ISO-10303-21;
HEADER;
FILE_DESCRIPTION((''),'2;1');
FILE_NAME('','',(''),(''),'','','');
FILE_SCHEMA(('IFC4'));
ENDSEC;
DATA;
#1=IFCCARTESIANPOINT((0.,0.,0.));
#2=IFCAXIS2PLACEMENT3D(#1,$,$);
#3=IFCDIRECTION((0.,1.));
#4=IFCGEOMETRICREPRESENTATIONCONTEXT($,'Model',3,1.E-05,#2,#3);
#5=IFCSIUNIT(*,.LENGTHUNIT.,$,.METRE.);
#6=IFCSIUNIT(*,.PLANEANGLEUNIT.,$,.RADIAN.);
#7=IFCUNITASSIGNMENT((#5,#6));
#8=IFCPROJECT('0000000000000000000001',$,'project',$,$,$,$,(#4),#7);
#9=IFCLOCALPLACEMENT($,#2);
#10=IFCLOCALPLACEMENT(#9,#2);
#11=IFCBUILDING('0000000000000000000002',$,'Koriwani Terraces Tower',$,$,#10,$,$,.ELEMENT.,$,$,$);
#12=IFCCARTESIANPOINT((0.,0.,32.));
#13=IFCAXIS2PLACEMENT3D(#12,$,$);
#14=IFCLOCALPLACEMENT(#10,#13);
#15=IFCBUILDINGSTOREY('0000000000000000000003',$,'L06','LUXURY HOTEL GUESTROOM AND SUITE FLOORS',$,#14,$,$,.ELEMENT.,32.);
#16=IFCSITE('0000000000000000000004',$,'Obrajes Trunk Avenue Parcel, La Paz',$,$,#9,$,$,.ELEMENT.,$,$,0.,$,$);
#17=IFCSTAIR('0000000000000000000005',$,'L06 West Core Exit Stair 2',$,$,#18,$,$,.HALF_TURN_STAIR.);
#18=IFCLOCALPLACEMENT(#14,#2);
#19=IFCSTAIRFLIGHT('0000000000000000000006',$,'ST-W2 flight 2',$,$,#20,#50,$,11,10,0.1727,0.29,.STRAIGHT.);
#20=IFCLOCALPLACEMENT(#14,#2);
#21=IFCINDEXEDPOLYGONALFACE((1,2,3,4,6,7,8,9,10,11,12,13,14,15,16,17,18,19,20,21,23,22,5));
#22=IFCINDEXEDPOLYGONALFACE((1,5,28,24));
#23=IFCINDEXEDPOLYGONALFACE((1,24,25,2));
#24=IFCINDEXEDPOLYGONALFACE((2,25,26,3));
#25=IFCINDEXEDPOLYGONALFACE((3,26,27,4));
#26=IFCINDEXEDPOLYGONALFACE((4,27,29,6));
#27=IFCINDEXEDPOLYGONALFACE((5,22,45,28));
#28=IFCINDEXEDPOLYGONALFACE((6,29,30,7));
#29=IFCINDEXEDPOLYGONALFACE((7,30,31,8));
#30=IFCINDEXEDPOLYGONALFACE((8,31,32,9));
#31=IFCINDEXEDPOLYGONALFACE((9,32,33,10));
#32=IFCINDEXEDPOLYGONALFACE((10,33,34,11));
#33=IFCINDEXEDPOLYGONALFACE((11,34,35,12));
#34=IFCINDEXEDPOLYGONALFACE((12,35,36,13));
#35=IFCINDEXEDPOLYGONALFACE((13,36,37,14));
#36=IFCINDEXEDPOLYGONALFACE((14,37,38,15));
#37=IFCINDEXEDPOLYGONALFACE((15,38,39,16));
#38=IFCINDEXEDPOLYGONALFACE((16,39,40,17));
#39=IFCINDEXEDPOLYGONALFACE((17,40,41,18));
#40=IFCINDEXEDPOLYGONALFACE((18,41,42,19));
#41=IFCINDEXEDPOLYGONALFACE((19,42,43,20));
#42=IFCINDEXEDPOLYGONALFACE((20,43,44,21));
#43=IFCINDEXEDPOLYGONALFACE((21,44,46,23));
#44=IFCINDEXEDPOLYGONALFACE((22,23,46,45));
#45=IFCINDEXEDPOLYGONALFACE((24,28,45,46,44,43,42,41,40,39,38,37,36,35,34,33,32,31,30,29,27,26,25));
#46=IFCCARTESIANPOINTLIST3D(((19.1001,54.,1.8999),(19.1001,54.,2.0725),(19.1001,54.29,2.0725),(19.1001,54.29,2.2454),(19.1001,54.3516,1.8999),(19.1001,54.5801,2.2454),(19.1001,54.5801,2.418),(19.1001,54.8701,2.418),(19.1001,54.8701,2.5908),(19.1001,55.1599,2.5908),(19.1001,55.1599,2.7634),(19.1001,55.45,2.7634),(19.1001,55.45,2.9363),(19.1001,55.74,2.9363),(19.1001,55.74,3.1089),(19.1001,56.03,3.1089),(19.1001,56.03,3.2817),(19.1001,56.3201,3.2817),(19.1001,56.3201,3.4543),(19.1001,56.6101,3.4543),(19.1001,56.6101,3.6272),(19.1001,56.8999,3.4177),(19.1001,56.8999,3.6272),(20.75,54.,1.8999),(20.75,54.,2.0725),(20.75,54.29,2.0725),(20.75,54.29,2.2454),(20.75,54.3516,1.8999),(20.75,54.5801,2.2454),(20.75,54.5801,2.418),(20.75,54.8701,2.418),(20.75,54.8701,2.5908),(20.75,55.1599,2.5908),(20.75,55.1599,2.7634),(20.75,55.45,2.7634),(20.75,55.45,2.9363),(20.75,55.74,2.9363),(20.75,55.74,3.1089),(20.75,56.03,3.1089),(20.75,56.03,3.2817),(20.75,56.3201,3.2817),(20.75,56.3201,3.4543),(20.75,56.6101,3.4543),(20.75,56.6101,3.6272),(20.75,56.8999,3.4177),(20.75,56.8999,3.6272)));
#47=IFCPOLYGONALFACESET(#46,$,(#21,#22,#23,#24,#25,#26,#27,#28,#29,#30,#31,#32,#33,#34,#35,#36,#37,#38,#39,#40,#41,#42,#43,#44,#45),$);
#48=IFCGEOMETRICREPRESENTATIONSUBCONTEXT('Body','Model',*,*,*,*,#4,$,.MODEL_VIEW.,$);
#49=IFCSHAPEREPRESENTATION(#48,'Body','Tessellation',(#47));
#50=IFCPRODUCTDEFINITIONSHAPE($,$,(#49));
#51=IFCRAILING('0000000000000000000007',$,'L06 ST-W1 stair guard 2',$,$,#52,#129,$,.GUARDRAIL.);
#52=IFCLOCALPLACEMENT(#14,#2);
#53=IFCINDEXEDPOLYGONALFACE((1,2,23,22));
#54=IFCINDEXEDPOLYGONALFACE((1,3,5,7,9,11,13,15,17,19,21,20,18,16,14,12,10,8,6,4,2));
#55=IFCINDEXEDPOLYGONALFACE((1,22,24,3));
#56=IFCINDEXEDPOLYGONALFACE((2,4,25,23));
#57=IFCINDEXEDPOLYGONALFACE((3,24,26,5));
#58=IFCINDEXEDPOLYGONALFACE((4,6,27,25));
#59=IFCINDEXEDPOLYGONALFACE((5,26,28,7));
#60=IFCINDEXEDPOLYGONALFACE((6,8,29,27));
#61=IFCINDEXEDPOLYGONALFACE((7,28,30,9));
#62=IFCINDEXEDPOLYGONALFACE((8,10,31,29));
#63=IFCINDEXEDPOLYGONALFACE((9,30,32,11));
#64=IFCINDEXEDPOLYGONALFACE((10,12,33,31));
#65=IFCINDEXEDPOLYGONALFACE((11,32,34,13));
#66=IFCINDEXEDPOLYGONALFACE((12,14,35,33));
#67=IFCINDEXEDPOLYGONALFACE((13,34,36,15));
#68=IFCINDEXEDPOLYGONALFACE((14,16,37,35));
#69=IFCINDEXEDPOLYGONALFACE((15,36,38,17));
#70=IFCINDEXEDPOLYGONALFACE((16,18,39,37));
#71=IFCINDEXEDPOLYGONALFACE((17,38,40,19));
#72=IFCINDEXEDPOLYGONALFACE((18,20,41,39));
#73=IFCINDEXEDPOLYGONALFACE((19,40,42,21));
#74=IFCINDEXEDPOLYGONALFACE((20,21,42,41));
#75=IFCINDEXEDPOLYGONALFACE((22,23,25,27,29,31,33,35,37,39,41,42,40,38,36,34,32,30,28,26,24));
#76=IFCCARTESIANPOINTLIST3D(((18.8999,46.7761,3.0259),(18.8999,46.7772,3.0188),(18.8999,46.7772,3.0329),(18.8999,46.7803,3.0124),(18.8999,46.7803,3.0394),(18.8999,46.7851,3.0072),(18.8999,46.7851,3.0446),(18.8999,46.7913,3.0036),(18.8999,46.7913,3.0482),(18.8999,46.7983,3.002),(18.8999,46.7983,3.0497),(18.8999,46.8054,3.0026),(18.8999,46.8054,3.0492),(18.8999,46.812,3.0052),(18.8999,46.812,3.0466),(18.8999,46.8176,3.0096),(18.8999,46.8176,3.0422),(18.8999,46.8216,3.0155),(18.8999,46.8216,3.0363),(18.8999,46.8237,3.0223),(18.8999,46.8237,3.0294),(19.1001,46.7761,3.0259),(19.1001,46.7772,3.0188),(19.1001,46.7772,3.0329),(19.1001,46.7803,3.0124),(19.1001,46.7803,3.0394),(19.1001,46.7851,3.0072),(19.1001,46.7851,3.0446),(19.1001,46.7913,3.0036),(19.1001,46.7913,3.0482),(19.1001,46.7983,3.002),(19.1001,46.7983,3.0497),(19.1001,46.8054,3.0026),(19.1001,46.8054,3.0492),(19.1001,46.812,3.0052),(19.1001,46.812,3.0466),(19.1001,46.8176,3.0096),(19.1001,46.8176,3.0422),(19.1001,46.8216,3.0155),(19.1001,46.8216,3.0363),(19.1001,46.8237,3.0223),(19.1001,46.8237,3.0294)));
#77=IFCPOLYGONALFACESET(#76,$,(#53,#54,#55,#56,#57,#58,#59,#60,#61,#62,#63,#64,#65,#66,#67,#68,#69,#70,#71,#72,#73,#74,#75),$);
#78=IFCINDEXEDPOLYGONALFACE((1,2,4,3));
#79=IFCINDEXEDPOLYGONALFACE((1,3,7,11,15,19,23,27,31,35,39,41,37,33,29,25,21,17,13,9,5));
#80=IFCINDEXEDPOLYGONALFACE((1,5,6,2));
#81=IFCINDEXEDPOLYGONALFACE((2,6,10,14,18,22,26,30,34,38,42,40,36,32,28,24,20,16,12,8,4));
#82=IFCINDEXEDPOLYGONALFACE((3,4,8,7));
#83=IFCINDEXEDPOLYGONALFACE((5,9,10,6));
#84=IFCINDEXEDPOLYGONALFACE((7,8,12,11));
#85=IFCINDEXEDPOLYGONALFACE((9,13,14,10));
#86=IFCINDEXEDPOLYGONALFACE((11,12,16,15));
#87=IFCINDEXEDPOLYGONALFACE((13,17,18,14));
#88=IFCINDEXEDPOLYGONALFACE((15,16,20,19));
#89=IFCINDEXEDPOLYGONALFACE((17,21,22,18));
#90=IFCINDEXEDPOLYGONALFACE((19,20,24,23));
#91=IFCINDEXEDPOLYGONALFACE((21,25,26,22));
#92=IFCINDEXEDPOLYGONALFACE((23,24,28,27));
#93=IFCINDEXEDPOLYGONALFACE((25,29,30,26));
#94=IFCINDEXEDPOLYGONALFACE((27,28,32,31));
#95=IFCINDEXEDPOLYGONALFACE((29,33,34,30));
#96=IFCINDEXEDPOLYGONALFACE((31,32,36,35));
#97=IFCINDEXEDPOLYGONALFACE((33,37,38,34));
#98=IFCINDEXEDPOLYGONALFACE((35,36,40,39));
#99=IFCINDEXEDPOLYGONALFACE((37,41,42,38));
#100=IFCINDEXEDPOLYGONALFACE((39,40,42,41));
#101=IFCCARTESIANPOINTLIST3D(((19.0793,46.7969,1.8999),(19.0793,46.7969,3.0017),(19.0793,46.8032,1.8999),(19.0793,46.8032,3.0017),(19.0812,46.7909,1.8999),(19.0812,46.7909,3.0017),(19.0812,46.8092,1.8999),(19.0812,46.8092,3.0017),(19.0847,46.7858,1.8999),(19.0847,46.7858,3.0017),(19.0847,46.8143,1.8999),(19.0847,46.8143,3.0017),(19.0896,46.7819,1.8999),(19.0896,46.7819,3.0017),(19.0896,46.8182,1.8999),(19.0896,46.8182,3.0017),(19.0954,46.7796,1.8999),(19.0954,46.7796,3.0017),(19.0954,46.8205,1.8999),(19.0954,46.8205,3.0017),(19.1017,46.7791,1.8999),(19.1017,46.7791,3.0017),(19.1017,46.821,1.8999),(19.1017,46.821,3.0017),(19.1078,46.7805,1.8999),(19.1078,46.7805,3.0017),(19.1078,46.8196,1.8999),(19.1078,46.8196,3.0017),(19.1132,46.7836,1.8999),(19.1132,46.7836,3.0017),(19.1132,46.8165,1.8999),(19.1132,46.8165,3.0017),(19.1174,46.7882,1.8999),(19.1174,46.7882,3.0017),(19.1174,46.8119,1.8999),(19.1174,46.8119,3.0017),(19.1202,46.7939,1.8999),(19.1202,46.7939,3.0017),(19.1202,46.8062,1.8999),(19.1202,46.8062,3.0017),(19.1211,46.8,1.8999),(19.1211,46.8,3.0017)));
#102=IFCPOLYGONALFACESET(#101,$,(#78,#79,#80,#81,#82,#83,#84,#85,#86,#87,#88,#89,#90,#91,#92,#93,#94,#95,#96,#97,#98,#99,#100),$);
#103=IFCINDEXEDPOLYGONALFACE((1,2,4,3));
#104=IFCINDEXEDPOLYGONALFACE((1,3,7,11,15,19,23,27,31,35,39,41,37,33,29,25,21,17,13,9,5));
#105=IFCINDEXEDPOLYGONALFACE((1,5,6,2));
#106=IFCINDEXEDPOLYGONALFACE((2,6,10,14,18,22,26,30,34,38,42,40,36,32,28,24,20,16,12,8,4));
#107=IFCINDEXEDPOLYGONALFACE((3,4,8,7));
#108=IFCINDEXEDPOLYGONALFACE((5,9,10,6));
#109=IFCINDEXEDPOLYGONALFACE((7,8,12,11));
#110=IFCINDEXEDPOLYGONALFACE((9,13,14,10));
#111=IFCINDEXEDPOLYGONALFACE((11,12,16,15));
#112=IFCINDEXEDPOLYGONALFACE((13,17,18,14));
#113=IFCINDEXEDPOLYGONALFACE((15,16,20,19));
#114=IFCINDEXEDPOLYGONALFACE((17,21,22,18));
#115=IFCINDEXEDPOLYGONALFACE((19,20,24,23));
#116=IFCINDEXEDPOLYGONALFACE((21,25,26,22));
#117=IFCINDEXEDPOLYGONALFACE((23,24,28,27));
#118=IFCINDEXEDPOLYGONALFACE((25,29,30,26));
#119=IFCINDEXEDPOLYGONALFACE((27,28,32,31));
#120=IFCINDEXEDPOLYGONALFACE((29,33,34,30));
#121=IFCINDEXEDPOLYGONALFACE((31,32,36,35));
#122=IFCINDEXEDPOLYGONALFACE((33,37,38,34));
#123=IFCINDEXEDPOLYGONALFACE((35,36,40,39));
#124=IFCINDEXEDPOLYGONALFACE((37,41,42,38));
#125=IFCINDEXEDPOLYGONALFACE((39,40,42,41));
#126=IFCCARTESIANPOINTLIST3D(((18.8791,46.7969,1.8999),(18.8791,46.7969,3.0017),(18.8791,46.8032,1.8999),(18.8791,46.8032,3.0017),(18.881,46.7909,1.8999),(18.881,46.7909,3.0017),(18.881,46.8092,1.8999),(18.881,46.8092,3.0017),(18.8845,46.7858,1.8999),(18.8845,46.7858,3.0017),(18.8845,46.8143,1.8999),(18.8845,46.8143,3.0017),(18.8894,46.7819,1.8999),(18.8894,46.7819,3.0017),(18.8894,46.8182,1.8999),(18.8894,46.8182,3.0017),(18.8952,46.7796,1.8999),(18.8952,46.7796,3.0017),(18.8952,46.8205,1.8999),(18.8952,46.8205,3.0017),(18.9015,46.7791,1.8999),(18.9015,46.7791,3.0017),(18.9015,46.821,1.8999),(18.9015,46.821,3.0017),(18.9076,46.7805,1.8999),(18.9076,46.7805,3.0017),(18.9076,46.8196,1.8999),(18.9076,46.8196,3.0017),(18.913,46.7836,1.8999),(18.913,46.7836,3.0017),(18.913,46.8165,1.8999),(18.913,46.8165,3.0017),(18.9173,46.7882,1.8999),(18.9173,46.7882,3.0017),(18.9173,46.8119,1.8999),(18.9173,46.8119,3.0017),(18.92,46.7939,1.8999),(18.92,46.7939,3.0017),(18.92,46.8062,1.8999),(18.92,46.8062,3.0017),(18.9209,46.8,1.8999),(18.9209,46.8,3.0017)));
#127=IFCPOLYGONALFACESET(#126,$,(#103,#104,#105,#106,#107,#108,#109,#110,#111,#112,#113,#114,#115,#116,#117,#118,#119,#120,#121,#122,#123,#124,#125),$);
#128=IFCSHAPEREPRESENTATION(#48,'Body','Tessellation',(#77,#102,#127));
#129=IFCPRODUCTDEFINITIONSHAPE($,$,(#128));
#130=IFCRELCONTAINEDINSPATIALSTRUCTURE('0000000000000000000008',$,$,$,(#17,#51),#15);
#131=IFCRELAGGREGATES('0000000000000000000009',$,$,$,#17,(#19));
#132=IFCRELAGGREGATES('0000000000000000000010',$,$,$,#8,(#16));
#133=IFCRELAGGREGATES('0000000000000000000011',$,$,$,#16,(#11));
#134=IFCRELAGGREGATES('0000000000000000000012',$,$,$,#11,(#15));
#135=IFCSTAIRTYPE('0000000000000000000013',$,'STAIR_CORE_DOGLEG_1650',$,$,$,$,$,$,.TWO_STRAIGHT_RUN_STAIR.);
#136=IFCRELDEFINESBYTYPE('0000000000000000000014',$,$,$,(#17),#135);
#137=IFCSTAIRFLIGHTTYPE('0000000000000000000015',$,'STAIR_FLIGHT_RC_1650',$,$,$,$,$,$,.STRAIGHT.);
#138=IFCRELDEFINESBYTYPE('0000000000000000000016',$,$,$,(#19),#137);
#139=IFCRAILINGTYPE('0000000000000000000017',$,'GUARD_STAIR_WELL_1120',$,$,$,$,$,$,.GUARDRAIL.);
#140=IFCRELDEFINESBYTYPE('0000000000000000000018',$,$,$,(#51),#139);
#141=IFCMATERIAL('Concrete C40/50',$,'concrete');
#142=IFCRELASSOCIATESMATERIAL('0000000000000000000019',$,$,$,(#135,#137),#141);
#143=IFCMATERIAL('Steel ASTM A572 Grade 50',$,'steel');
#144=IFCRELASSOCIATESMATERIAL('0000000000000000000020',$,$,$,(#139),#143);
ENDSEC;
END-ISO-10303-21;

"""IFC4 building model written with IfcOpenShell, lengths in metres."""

from ifc_helpers import new_model, si_unit, direction, frame, origin, origin_2d, place, context, subcontext, project, spatial, polyline, circle, outline, extrude, material, type_object, element, aggregate, save


model = new_model("IFC4")

# Units and contexts
model_context = context("Model", 3, precision=1e-05, world=origin(), true_north=direction((0.0, 1.0)))
body_context = subcontext(model_context, "Body", "Model", "MODEL_VIEW")
ifc_project = project(units=[si_unit("LENGTHUNIT", "METRE"), si_unit("PLANEANGLEUNIT", "RADIAN")], contexts=[model_context])

# Site, building, storey
site_placement = place(None, origin())
site = spatial("IfcSite", under=ifc_project, at=site_placement, Name="Obrajes Trunk Avenue Parcel, La Paz", CompositionType="ELEMENT", RefElevation=0.0)
building_placement = place(site_placement, origin())
building = spatial("IfcBuilding", under=site, at=building_placement, Name="Koriwani Terraces Tower", CompositionType="ELEMENT")
storey_placement = place(building_placement, frame((0.0, 0.0, 32.0)))
storey = spatial("IfcBuildingStorey", under=building, at=storey_placement, Name="L06", Description="LUXURY HOTEL GUESTROOM AND SUITE FLOORS", CompositionType="ELEMENT", Elevation=32.0)

# Shared definitions
ifc_material_1 = material(Name="Concrete C40/50", Category="concrete")

# Shared definitions
ifc_material_2 = material(Name="Steel ASTM A572 Grade 50", Category="steel")

# Stair, stair flight
stair_type = type_object("IfcStairType", Name="STAIR_CORE_DOGLEG_1650", PredefinedType="TWO_STRAIGHT_RUN_STAIR", material=ifc_material_1)
stair_flight_type = type_object("IfcStairFlightType", Name="STAIR_FLIGHT_RC_1650", PredefinedType="STRAIGHT", material=ifc_material_1)
stair_1_placement = place(storey_placement, origin())
stair_1 = element("IfcStair", 1, at=stair_1_placement, inside=storey, type_object=stair_type, Name="L06 West Core Exit Stair 2", PredefinedType="HALF_TURN_STAIR")
stair_flight_1_placement = place(storey_placement, frame((19.925, 54.0, 1.8999), z_axis=(0.0, 0.0, 1.0), x_axis=(0.0, 1.0, 0.0)))
stair_flight_1 = element("IfcStairFlight", 2, at=stair_flight_1_placement, type_object=stair_flight_type, Name="ST-W2 flight 2", NumberOfRisers=11, NumberOfTreads=10, PredefinedType="STRAIGHT", RiserHeight=0.1727, TreadLength=0.29, context=body_context, shape_type="SweptSolid", body=[
    extrude(outline(polyline([(0.0, 0.0), (0.0, 0.1726), (0.29, 0.1726), (0.29, 0.3455), (0.5801, 0.3455), (0.5801, 0.5181), (0.8701, 0.5181), (0.8701, 0.6909), (1.1599, 0.6909), (1.1599, 0.8635), (1.45, 0.8635), (1.45, 1.0364), (1.74, 1.0364), (1.74, 1.209), (2.03, 1.209), (2.03, 1.3818), (2.3201, 1.3818), (2.3201, 1.5544), (2.6101, 1.5544), (2.6101, 1.7273), (2.8999, 1.7273), (2.8999, 1.8999), (2.8999, 1.5178), (0.3516, 0.0), (0.0, 0.0)])), frame((0.0, 0.825, 0.0), z_axis=(0.0, -1.0, 0.0), x_axis=(1.0, 0.0, 0.0)), (0.0, 0.0, 1.0), 1.6499),
])
aggregate(stair_1, [stair_flight_1])

# Railing
railing_type_1 = type_object("IfcRailingType", Name="GUARD_STAIR_WELL_1120", PredefinedType="GUARDRAIL", material=ifc_material_2)
railing_1_placement = place(storey_placement, frame((19.1001, 46.8, 1.8999)))
element("IfcRailing", 3, at=railing_1_placement, inside=storey, type_object=railing_type_1, Name="L06 ST-W1 stair guard 2", PredefinedType="GUARDRAIL", context=body_context, shape_type="SweptSolid", body=[
    extrude(circle(Radius=0.0239, at=origin_2d()), frame((0.0, 0.0, 1.126), z_axis=(-1.0, 0.0, 0.0), x_axis=(0.0, -1.0, 0.0)), (0.0, 0.0, 1.0), 0.2002),
    extrude(circle(Radius=0.021, at=origin_2d()), origin(), (0.0, 0.0, 1.0), 1.1018),
    extrude(circle(Radius=0.021, at=origin_2d()), frame((-0.2002, 0.0, 0.0)), (0.0, 0.0, 1.0), 1.1018),
])

save(model, "model.ifc")
